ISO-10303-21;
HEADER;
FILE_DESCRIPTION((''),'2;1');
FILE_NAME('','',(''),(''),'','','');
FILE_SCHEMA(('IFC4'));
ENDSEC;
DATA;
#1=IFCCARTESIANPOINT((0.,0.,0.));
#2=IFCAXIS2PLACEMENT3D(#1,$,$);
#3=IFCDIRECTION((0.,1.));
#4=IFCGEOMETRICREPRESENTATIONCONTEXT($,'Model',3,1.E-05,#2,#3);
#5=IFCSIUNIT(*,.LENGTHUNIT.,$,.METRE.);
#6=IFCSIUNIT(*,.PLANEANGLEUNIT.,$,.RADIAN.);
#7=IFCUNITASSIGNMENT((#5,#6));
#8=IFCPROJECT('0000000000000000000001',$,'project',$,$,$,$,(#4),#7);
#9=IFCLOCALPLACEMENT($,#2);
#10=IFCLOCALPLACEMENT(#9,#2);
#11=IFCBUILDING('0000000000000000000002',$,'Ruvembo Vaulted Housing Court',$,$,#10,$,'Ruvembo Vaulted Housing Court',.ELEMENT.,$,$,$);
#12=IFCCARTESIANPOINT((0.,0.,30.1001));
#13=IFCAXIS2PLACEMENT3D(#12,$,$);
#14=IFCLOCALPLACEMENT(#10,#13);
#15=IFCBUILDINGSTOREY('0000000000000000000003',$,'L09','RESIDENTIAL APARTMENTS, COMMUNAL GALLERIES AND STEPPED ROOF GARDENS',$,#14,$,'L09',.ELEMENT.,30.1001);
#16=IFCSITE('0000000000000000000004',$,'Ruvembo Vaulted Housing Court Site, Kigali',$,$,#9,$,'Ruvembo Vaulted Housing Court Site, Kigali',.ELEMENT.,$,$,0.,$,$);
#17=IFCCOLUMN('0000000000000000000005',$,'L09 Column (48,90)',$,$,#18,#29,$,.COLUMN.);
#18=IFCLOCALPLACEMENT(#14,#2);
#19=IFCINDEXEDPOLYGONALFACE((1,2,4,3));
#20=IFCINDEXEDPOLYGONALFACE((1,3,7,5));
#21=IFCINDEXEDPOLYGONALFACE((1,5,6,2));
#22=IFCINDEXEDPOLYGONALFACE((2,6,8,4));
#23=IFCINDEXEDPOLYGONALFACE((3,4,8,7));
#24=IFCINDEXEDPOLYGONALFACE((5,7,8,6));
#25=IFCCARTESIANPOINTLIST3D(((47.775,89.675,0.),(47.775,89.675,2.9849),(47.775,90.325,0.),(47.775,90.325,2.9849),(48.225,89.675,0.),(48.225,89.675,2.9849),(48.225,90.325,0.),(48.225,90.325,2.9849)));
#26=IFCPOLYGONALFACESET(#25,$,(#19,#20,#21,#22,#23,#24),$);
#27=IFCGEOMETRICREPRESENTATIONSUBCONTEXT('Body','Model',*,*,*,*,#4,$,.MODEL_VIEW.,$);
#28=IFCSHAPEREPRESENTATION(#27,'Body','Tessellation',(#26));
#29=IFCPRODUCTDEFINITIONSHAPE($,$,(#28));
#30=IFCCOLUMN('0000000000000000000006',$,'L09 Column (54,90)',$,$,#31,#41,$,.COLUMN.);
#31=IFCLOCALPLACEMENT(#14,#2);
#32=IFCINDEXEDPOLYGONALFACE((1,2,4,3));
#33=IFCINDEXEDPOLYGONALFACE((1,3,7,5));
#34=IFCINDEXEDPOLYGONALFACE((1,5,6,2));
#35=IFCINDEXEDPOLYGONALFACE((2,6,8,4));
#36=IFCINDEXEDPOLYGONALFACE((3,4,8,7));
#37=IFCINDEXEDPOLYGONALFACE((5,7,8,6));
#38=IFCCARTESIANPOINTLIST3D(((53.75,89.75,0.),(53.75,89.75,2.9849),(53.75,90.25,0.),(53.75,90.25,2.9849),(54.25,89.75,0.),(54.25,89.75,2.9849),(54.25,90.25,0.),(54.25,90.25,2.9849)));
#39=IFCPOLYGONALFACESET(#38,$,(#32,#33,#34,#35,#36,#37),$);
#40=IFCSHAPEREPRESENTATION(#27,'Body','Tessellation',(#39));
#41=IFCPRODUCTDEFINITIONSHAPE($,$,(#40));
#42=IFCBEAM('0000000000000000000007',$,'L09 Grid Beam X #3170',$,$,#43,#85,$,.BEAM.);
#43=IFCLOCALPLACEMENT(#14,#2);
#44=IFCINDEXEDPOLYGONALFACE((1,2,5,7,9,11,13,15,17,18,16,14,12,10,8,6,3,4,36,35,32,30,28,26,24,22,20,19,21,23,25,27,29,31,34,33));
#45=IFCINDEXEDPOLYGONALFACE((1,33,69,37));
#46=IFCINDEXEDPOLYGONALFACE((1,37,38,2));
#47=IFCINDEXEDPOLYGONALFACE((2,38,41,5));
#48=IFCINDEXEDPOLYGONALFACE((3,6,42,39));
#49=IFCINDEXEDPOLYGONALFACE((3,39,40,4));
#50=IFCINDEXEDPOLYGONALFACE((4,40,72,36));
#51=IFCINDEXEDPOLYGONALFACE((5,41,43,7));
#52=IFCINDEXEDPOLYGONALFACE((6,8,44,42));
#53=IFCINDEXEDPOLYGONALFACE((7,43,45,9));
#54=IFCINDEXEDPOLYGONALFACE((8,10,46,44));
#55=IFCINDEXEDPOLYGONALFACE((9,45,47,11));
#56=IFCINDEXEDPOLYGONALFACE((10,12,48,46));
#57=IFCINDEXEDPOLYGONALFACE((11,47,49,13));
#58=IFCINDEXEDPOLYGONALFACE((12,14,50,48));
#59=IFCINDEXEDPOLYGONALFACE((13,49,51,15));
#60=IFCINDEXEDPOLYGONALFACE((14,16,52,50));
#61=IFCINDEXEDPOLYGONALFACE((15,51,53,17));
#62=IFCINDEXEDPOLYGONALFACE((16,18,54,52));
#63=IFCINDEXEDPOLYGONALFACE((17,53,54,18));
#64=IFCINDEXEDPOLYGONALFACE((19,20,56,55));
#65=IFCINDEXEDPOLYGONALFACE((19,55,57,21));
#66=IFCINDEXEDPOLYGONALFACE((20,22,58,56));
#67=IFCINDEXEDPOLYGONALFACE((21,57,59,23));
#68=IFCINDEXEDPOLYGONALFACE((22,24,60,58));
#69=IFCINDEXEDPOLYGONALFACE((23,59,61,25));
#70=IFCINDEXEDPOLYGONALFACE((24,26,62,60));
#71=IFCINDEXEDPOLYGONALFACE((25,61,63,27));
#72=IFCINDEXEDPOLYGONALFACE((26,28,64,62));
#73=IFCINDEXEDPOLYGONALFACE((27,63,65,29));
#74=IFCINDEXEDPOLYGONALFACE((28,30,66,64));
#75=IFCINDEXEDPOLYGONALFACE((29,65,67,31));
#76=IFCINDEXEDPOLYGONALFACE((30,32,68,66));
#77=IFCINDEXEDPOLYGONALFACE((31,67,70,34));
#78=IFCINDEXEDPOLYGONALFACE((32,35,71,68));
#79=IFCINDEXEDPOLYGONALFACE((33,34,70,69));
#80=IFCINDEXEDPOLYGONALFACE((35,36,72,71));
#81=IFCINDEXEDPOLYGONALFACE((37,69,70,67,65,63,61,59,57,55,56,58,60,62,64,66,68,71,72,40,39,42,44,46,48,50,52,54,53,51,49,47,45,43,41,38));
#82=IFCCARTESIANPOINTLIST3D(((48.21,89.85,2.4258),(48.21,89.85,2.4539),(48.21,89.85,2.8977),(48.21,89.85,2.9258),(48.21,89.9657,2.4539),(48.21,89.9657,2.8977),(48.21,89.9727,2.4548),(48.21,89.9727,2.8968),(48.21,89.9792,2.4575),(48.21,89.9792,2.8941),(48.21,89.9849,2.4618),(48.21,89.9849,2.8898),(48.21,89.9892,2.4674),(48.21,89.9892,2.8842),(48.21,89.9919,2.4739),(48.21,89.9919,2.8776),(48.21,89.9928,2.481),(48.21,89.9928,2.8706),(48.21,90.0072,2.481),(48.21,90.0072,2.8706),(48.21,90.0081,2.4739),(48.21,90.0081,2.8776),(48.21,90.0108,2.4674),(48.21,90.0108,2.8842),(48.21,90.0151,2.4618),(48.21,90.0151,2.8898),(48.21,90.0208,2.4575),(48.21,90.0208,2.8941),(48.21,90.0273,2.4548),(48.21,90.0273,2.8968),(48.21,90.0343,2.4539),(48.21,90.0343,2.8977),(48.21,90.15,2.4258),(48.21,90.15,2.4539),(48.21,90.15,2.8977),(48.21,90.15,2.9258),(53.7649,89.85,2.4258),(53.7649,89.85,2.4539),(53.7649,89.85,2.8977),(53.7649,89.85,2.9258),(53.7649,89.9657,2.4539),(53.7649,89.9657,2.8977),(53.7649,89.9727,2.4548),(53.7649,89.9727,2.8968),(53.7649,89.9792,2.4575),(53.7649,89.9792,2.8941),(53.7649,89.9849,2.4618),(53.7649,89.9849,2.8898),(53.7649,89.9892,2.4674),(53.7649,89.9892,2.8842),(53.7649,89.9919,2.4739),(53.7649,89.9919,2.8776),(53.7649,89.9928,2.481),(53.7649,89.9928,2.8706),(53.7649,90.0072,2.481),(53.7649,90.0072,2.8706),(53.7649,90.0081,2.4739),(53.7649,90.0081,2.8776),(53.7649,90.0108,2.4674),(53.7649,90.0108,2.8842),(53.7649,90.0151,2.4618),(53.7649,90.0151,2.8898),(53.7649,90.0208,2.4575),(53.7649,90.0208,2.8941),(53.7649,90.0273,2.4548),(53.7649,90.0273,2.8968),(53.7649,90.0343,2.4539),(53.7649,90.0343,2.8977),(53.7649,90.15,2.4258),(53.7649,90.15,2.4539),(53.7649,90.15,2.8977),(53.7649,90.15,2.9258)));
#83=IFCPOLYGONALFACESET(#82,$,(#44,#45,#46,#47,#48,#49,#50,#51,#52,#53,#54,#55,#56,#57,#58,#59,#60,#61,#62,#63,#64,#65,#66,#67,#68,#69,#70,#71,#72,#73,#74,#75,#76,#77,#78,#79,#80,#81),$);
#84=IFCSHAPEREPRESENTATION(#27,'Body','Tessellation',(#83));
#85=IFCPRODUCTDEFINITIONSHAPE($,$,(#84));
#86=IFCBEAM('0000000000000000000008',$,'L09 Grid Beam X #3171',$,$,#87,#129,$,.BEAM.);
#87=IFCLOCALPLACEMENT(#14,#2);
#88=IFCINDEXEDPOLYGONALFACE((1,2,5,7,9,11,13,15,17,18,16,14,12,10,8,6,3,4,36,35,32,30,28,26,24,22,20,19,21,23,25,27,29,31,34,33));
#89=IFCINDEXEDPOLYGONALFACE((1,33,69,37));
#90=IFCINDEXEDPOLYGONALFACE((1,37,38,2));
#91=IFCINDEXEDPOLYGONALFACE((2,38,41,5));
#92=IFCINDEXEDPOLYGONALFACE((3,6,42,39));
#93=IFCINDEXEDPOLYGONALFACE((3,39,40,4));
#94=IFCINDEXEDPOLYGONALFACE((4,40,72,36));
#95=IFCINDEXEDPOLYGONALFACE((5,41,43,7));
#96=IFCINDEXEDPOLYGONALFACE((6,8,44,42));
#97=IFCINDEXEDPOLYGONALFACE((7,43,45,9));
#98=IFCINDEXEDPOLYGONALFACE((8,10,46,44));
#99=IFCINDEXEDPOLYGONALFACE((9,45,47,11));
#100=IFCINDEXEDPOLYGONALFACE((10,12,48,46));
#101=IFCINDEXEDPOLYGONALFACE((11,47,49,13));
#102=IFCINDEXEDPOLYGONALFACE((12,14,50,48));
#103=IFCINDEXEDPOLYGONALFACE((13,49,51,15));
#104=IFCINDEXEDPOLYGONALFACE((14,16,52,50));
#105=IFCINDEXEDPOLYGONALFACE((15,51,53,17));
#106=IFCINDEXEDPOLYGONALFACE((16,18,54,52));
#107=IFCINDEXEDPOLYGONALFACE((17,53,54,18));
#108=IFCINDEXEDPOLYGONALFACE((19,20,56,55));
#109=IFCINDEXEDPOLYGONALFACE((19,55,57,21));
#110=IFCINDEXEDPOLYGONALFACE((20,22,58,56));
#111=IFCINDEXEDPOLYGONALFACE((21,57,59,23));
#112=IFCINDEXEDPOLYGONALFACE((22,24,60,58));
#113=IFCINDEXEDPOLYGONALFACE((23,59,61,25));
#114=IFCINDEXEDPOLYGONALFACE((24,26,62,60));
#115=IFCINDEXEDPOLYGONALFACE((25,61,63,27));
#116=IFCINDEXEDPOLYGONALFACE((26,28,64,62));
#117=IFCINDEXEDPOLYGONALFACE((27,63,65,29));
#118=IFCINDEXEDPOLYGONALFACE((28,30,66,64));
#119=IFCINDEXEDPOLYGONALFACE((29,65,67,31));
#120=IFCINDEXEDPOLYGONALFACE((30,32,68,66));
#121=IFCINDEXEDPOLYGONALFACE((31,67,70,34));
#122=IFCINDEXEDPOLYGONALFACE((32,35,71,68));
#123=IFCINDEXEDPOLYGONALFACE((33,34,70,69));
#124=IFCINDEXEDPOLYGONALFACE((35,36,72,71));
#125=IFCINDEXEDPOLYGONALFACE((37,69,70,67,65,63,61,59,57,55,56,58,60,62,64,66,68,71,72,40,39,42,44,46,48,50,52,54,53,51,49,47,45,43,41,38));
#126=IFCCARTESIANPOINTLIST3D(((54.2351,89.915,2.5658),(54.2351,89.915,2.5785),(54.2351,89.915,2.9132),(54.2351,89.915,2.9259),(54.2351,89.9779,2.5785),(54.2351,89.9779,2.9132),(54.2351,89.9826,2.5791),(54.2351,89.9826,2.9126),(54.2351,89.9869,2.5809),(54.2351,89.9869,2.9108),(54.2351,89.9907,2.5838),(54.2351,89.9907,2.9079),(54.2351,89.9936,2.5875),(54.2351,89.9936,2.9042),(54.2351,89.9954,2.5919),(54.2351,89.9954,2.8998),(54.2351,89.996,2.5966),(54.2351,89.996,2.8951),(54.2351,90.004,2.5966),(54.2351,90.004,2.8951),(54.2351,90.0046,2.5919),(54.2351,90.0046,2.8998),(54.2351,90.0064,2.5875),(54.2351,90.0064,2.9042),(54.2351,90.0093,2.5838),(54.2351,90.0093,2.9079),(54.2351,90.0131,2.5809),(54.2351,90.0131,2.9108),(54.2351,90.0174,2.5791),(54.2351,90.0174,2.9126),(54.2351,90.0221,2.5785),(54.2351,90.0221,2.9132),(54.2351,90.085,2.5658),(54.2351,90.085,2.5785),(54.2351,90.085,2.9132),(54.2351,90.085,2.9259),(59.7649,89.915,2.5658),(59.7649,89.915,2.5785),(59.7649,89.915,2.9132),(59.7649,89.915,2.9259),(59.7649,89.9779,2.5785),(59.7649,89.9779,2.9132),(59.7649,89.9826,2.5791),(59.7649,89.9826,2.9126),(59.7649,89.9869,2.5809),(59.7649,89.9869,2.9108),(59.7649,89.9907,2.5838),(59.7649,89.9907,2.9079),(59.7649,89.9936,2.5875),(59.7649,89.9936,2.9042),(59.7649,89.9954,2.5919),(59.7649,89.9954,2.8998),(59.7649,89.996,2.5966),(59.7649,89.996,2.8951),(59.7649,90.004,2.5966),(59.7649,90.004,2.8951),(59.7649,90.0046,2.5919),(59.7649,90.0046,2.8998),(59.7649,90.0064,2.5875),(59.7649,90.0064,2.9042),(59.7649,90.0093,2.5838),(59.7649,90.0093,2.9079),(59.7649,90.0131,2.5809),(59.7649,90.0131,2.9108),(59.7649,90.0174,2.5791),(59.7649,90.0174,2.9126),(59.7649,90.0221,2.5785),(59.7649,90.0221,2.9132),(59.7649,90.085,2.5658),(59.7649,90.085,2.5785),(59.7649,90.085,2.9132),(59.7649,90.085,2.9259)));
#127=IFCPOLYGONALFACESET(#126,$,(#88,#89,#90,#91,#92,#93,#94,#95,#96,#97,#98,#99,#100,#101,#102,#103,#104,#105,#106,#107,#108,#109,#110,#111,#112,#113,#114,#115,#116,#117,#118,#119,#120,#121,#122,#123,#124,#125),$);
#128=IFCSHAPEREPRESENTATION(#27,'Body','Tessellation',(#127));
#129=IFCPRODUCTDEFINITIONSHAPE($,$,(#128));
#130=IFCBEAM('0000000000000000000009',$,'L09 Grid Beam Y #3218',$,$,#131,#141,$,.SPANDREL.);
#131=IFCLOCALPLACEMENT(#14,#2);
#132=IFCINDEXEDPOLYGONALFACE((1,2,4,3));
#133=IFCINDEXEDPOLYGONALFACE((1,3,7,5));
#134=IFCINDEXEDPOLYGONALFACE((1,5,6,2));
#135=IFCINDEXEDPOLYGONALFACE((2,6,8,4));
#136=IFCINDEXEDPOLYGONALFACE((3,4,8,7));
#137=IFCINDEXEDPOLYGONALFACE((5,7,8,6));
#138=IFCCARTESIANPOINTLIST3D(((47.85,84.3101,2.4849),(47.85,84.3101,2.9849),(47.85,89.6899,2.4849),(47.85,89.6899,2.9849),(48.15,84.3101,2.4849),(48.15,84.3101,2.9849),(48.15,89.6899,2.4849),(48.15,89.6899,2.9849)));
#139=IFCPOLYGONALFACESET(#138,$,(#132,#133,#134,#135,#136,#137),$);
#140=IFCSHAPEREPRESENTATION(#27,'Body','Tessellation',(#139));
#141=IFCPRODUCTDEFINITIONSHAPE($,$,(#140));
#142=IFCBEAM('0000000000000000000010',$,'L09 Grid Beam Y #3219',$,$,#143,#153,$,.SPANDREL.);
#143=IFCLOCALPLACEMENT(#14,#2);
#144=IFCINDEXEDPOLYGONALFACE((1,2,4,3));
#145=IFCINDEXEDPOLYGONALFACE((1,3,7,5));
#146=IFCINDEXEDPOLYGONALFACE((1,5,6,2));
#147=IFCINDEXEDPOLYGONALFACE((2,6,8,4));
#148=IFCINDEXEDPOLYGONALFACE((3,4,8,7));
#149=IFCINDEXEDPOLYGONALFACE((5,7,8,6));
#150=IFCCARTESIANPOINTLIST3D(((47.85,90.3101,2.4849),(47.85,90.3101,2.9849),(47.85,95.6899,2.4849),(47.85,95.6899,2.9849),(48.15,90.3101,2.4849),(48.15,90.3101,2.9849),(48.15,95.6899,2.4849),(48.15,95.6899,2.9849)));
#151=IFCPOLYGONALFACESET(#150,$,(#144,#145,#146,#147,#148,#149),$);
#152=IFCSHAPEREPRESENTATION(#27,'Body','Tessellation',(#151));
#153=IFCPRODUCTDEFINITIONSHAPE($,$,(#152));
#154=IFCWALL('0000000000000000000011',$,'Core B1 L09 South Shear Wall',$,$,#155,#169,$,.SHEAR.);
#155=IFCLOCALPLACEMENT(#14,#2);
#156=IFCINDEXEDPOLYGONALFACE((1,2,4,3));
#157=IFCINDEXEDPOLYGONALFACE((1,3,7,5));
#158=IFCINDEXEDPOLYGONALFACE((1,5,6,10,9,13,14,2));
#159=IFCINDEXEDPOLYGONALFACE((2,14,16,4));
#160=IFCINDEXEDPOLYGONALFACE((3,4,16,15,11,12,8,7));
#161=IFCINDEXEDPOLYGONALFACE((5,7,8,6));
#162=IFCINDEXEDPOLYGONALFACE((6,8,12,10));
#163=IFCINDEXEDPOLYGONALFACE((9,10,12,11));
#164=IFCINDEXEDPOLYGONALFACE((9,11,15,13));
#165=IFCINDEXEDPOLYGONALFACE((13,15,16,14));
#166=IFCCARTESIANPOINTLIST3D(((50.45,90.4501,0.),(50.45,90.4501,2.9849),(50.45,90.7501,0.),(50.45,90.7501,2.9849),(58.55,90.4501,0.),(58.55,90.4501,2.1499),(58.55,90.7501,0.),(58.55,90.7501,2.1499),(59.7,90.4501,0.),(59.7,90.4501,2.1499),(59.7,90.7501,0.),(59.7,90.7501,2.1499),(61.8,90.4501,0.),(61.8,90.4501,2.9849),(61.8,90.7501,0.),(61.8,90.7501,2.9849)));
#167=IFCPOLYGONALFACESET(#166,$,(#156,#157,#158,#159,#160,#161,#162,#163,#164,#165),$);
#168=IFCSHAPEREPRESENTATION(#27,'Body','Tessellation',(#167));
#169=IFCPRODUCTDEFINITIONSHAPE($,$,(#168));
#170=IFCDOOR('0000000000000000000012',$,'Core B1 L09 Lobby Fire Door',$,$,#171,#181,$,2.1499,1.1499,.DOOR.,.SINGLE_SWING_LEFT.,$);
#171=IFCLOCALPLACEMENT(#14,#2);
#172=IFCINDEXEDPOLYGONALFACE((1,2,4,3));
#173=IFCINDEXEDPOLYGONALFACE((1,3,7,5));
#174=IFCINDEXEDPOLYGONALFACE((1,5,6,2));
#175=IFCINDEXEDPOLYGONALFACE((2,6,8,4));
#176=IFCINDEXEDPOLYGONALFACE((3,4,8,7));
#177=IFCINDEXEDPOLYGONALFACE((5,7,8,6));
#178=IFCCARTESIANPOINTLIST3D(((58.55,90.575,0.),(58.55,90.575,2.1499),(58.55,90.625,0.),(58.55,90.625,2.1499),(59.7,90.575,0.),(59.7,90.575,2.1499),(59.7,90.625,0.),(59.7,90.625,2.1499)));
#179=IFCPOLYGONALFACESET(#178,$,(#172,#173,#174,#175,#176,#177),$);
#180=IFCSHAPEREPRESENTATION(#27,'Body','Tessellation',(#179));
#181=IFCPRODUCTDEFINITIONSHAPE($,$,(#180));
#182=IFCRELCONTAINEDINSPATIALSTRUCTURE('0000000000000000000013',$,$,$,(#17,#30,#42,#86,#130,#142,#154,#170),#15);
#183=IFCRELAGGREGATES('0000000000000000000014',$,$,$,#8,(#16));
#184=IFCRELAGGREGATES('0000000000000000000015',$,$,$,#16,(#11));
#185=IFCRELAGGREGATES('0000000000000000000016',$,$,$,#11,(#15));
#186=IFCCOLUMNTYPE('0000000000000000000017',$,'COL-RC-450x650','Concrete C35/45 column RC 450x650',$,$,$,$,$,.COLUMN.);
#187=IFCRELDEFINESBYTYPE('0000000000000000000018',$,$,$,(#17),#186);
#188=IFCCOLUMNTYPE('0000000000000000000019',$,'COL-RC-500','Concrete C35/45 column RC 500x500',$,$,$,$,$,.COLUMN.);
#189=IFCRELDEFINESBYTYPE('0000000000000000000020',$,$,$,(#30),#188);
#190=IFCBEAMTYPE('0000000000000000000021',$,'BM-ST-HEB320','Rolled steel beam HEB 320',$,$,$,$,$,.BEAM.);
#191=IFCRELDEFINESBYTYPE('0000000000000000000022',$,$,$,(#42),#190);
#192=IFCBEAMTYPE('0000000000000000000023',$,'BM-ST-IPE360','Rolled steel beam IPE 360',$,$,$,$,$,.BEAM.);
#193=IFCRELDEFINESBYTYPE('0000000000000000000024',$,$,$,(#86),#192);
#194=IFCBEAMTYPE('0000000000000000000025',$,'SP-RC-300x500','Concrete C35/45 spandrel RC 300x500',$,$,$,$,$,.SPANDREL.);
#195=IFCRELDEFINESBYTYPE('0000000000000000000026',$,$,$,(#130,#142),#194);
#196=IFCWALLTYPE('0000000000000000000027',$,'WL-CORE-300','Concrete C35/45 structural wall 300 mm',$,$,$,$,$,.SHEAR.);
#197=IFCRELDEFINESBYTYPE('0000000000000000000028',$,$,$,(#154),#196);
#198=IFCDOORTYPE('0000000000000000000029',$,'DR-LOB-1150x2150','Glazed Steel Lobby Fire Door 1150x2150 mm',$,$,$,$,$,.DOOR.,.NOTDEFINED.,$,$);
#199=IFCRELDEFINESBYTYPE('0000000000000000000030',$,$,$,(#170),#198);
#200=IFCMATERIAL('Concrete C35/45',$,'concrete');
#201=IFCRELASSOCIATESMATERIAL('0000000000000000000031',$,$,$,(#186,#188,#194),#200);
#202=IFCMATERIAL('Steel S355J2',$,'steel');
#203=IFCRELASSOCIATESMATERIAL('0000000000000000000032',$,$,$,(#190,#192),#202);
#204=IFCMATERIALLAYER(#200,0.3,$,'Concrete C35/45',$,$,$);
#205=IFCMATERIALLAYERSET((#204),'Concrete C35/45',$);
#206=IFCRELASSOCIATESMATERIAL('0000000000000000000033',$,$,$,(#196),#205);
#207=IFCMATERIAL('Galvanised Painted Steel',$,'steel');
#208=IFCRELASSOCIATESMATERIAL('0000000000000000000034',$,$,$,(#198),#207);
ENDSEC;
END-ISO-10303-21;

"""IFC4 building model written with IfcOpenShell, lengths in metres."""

from ifc_helpers import new_model, si_unit, direction, frame, frame_2d, origin, origin_2d, place, context, subcontext, project, spatial, rectangle, i_section, extrude, material, layer, layer_set, material_profile, profile_set, type_object, element, fill, save


model = new_model("IFC4")

# Units and contexts
model_context = context("Model", 3, precision=1e-05, world=origin(), true_north=direction((0.0, 1.0)))
body_context = subcontext(model_context, "Body", "Model", "MODEL_VIEW")
ifc_project = project(units=[si_unit("LENGTHUNIT", "METRE"), si_unit("PLANEANGLEUNIT", "RADIAN")], contexts=[model_context])

# Site, building, storey
site_placement = place(None, origin())
site = spatial("IfcSite", under=ifc_project, at=site_placement, Name="Ruvembo Vaulted Housing Court Site, Kigali", LongName="Ruvembo Vaulted Housing Court Site, Kigali", CompositionType="ELEMENT", RefElevation=0.0)
building_placement = place(site_placement, origin())
building = spatial("IfcBuilding", under=site, at=building_placement, Name="Ruvembo Vaulted Housing Court", LongName="Ruvembo Vaulted Housing Court", CompositionType="ELEMENT")
storey_placement = place(building_placement, frame((0.0, 0.0, 30.1001)))
storey = spatial("IfcBuildingStorey", under=building, at=storey_placement, Name="L09", Description="RESIDENTIAL APARTMENTS, COMMUNAL GALLERIES AND STEPPED ROOF GARDENS", LongName="L09", CompositionType="ELEMENT", Elevation=30.1001)

# Columns
ifc_material_1 = material(Name="Concrete C35/45", Category="concrete")
ifc_material_profile_1 = material_profile(ifc_material_1, rectangle(XDim=0.45, YDim=0.6499, at=origin_2d()), Name="RC 450x650")
ifc_profile_set_1 = profile_set([ifc_material_profile_1], Name="Concrete C35/45")
column_type_1 = type_object("IfcColumnType", Name="COL-RC-450x650", Description="Concrete C35/45 column RC 450x650", PredefinedType="COLUMN", material=ifc_profile_set_1)
column_1_placement = place(storey_placement, frame((48.0, 90.0, 0.0), z_axis=(0.0, 0.0, 1.0), x_axis=(1.0, 0.0, 0.0)))
element("IfcColumn", 1, at=column_1_placement, inside=storey, type_object=column_type_1, Name="L09 Column (48,90)", PredefinedType="COLUMN", context=body_context, shape_type="SweptSolid", body=[
    extrude(rectangle(XDim=0.45, YDim=0.6499, at=origin_2d()), origin(), (0.0, 0.0, 1.0), 2.9849),
])
ifc_material_profile_2 = material_profile(ifc_material_1, rectangle(XDim=0.5, YDim=0.5, at=origin_2d()), Name="RC 500x500")
ifc_profile_set_2 = profile_set([ifc_material_profile_2], Name="Concrete C35/45")
column_type_2 = type_object("IfcColumnType", Name="COL-RC-500", Description="Concrete C35/45 column RC 500x500", PredefinedType="COLUMN", material=ifc_profile_set_2)
column_2_placement = place(storey_placement, frame((54.0, 90.0, 0.0), z_axis=(0.0, 0.0, 1.0), x_axis=(1.0, 0.0, 0.0)))
element("IfcColumn", 2, at=column_2_placement, inside=storey, type_object=column_type_2, Name="L09 Column (54,90)", PredefinedType="COLUMN", context=body_context, shape_type="SweptSolid", body=[
    extrude(rectangle(XDim=0.5, YDim=0.5, at=origin_2d()), origin(), (0.0, 0.0, 1.0), 2.9849),
])

# Beams
ifc_material_2 = material(Name="Steel S355J2", Category="steel")
ifc_material_profile_3 = material_profile(ifc_material_2, i_section(OverallWidth=0.3, OverallDepth=0.5, WebThickness=0.0144, FlangeThickness=0.0281, FilletRadius=0.0271, at=origin_2d()), Name="HEB 320")
ifc_profile_set_3 = profile_set([ifc_material_profile_3], Name="Steel S355J2")
beam_type_1 = type_object("IfcBeamType", Name="BM-ST-HEB320", Description="Rolled steel beam HEB 320", PredefinedType="BEAM", material=ifc_profile_set_3)
beam_1_placement = place(storey_placement, frame((48.21, 90.0, 2.6758), z_axis=(1.0, 0.0, 0.0), x_axis=(0.0, 1.0, 0.0)))
element("IfcBeam", 3, at=beam_1_placement, inside=storey, type_object=beam_type_1, Name="L09 Grid Beam X #3170", PredefinedType="BEAM", context=body_context, shape_type="SweptSolid", body=[
    extrude(i_section(OverallWidth=0.3, OverallDepth=0.5, WebThickness=0.0144, FlangeThickness=0.0281, FilletRadius=0.0271, at=origin_2d()), origin(), (0.0, 0.0, 1.0), 5.5549),
])
ifc_material_profile_4 = material_profile(ifc_material_2, i_section(OverallWidth=0.1699, OverallDepth=0.3601, WebThickness=0.0081, FlangeThickness=0.0127, FilletRadius=0.0181, at=origin_2d()), Name="IPE 360")
ifc_profile_set_4 = profile_set([ifc_material_profile_4], Name="Steel S355J2")
beam_type_2 = type_object("IfcBeamType", Name="BM-ST-IPE360", Description="Rolled steel beam IPE 360", PredefinedType="BEAM", material=ifc_profile_set_4)
beam_2_placement = place(storey_placement, frame((54.2351, 90.0, 2.7458), z_axis=(1.0, 0.0, 0.0), x_axis=(0.0, 1.0, 0.0)))
element("IfcBeam", 4, at=beam_2_placement, inside=storey, type_object=beam_type_2, Name="L09 Grid Beam X #3171", PredefinedType="BEAM", context=body_context, shape_type="SweptSolid", body=[
    extrude(i_section(OverallWidth=0.1699, OverallDepth=0.3601, WebThickness=0.0081, FlangeThickness=0.0127, FilletRadius=0.0181, at=origin_2d()), origin(), (0.0, 0.0, 1.0), 5.5298),
])
ifc_material_profile_5 = material_profile(ifc_material_1, rectangle(XDim=0.3, YDim=0.5, at=origin_2d()), Name="RC 300x500")
ifc_profile_set_5 = profile_set([ifc_material_profile_5], Name="Concrete C35/45")
beam_type_3 = type_object("IfcBeamType", Name="SP-RC-300x500", Description="Concrete C35/45 spandrel RC 300x500", PredefinedType="SPANDREL", material=ifc_profile_set_5)
for number, where, z_axis, x_axis, name in (
    (5, (48.0, 84.3101, 2.7349), (0.0, 1.0, 0.0), (-1.0, 0.0, 0.0), "L09 Grid Beam Y #3218"),
    (6, (48.0, 90.3101, 2.7349), (0.0, 1.0, 0.0), (-1.0, 0.0, 0.0), "L09 Grid Beam Y #3219"),
):
    element("IfcBeam", number, at=place(storey_placement, frame(where, z_axis=z_axis, x_axis=x_axis)), inside=storey, type_object=beam_type_3, Name=name, PredefinedType="SPANDREL", context=body_context, shape_type="SweptSolid", body=[
        extrude(rectangle(XDim=0.3, YDim=0.5, at=origin_2d()), origin(), (0.0, 0.0, 1.0), 5.3799),
    ])

# Wall, opening, door
ifc_layer_1 = layer(ifc_material_1, 0.3, Name="Concrete C35/45")
ifc_layer_set_1 = layer_set([ifc_layer_1], Name="Concrete C35/45")
wall_type_1 = type_object("IfcWallType", Name="WL-CORE-300", Description="Concrete C35/45 structural wall 300 mm", PredefinedType="SHEAR", material=ifc_layer_set_1)
wall_1_placement = place(storey_placement, frame((50.45, 90.6001, 0.0), z_axis=(0.0, 0.0, 1.0), x_axis=(1.0, 0.0, 0.0)))
wall_1 = element("IfcWall", 7, at=wall_1_placement, inside=storey, type_object=wall_type_1, Name="Core B1 L09 South Shear Wall", PredefinedType="SHEAR", context=body_context, shape_type="SweptSolid", body=[
    extrude(rectangle(XDim=11.3501, YDim=0.3, at=frame_2d((5.675, 0.0))), origin(), (0.0, 0.0, 1.0), 2.9849),
])
opening_1_placement = place(wall_1_placement, frame((8.1001, 0.0, 0.0)))
opening_1 = element("IfcOpeningElement", 8, at=opening_1_placement, cuts=wall_1, PredefinedType="OPENING", context=body_context, shape_type="SweptSolid", body=[
    extrude(rectangle(XDim=1.1499, YDim=2.1499, at=frame_2d((0.575, 1.075))), frame((0.0, 0.1599, 0.0), z_axis=(0.0, -1.0, 0.0), x_axis=(1.0, 0.0, 0.0)), (0.0, 0.0, 1.0), 0.3201),
])
ifc_material_3 = material(Name="Galvanised Painted Steel", Category="steel")
door_type_1 = type_object("IfcDoorType", Name="DR-LOB-1150x2150", Description="Glazed Steel Lobby Fire Door 1150x2150 mm", OperationType="NOTDEFINED", PredefinedType="DOOR", material=ifc_material_3)
door_1_placement = place(opening_1_placement, origin())
door_1 = element("IfcDoor", 9, at=door_1_placement, inside=storey, type_object=door_type_1, Name="Core B1 L09 Lobby Fire Door", OperationType="SINGLE_SWING_LEFT", OverallHeight=2.1499, OverallWidth=1.1499, PredefinedType="DOOR", context=body_context, shape_type="SweptSolid", body=[
    extrude(rectangle(XDim=1.1499, YDim=2.1499, at=frame_2d((0.575, 1.075))), frame((0.0, 0.0249, 0.0), z_axis=(0.0, -1.0, 0.0), x_axis=(1.0, 0.0, 0.0)), (0.0, 0.0, 1.0), 0.05),
])
fill(opening_1, door_1)

save(model, "model.ifc")
